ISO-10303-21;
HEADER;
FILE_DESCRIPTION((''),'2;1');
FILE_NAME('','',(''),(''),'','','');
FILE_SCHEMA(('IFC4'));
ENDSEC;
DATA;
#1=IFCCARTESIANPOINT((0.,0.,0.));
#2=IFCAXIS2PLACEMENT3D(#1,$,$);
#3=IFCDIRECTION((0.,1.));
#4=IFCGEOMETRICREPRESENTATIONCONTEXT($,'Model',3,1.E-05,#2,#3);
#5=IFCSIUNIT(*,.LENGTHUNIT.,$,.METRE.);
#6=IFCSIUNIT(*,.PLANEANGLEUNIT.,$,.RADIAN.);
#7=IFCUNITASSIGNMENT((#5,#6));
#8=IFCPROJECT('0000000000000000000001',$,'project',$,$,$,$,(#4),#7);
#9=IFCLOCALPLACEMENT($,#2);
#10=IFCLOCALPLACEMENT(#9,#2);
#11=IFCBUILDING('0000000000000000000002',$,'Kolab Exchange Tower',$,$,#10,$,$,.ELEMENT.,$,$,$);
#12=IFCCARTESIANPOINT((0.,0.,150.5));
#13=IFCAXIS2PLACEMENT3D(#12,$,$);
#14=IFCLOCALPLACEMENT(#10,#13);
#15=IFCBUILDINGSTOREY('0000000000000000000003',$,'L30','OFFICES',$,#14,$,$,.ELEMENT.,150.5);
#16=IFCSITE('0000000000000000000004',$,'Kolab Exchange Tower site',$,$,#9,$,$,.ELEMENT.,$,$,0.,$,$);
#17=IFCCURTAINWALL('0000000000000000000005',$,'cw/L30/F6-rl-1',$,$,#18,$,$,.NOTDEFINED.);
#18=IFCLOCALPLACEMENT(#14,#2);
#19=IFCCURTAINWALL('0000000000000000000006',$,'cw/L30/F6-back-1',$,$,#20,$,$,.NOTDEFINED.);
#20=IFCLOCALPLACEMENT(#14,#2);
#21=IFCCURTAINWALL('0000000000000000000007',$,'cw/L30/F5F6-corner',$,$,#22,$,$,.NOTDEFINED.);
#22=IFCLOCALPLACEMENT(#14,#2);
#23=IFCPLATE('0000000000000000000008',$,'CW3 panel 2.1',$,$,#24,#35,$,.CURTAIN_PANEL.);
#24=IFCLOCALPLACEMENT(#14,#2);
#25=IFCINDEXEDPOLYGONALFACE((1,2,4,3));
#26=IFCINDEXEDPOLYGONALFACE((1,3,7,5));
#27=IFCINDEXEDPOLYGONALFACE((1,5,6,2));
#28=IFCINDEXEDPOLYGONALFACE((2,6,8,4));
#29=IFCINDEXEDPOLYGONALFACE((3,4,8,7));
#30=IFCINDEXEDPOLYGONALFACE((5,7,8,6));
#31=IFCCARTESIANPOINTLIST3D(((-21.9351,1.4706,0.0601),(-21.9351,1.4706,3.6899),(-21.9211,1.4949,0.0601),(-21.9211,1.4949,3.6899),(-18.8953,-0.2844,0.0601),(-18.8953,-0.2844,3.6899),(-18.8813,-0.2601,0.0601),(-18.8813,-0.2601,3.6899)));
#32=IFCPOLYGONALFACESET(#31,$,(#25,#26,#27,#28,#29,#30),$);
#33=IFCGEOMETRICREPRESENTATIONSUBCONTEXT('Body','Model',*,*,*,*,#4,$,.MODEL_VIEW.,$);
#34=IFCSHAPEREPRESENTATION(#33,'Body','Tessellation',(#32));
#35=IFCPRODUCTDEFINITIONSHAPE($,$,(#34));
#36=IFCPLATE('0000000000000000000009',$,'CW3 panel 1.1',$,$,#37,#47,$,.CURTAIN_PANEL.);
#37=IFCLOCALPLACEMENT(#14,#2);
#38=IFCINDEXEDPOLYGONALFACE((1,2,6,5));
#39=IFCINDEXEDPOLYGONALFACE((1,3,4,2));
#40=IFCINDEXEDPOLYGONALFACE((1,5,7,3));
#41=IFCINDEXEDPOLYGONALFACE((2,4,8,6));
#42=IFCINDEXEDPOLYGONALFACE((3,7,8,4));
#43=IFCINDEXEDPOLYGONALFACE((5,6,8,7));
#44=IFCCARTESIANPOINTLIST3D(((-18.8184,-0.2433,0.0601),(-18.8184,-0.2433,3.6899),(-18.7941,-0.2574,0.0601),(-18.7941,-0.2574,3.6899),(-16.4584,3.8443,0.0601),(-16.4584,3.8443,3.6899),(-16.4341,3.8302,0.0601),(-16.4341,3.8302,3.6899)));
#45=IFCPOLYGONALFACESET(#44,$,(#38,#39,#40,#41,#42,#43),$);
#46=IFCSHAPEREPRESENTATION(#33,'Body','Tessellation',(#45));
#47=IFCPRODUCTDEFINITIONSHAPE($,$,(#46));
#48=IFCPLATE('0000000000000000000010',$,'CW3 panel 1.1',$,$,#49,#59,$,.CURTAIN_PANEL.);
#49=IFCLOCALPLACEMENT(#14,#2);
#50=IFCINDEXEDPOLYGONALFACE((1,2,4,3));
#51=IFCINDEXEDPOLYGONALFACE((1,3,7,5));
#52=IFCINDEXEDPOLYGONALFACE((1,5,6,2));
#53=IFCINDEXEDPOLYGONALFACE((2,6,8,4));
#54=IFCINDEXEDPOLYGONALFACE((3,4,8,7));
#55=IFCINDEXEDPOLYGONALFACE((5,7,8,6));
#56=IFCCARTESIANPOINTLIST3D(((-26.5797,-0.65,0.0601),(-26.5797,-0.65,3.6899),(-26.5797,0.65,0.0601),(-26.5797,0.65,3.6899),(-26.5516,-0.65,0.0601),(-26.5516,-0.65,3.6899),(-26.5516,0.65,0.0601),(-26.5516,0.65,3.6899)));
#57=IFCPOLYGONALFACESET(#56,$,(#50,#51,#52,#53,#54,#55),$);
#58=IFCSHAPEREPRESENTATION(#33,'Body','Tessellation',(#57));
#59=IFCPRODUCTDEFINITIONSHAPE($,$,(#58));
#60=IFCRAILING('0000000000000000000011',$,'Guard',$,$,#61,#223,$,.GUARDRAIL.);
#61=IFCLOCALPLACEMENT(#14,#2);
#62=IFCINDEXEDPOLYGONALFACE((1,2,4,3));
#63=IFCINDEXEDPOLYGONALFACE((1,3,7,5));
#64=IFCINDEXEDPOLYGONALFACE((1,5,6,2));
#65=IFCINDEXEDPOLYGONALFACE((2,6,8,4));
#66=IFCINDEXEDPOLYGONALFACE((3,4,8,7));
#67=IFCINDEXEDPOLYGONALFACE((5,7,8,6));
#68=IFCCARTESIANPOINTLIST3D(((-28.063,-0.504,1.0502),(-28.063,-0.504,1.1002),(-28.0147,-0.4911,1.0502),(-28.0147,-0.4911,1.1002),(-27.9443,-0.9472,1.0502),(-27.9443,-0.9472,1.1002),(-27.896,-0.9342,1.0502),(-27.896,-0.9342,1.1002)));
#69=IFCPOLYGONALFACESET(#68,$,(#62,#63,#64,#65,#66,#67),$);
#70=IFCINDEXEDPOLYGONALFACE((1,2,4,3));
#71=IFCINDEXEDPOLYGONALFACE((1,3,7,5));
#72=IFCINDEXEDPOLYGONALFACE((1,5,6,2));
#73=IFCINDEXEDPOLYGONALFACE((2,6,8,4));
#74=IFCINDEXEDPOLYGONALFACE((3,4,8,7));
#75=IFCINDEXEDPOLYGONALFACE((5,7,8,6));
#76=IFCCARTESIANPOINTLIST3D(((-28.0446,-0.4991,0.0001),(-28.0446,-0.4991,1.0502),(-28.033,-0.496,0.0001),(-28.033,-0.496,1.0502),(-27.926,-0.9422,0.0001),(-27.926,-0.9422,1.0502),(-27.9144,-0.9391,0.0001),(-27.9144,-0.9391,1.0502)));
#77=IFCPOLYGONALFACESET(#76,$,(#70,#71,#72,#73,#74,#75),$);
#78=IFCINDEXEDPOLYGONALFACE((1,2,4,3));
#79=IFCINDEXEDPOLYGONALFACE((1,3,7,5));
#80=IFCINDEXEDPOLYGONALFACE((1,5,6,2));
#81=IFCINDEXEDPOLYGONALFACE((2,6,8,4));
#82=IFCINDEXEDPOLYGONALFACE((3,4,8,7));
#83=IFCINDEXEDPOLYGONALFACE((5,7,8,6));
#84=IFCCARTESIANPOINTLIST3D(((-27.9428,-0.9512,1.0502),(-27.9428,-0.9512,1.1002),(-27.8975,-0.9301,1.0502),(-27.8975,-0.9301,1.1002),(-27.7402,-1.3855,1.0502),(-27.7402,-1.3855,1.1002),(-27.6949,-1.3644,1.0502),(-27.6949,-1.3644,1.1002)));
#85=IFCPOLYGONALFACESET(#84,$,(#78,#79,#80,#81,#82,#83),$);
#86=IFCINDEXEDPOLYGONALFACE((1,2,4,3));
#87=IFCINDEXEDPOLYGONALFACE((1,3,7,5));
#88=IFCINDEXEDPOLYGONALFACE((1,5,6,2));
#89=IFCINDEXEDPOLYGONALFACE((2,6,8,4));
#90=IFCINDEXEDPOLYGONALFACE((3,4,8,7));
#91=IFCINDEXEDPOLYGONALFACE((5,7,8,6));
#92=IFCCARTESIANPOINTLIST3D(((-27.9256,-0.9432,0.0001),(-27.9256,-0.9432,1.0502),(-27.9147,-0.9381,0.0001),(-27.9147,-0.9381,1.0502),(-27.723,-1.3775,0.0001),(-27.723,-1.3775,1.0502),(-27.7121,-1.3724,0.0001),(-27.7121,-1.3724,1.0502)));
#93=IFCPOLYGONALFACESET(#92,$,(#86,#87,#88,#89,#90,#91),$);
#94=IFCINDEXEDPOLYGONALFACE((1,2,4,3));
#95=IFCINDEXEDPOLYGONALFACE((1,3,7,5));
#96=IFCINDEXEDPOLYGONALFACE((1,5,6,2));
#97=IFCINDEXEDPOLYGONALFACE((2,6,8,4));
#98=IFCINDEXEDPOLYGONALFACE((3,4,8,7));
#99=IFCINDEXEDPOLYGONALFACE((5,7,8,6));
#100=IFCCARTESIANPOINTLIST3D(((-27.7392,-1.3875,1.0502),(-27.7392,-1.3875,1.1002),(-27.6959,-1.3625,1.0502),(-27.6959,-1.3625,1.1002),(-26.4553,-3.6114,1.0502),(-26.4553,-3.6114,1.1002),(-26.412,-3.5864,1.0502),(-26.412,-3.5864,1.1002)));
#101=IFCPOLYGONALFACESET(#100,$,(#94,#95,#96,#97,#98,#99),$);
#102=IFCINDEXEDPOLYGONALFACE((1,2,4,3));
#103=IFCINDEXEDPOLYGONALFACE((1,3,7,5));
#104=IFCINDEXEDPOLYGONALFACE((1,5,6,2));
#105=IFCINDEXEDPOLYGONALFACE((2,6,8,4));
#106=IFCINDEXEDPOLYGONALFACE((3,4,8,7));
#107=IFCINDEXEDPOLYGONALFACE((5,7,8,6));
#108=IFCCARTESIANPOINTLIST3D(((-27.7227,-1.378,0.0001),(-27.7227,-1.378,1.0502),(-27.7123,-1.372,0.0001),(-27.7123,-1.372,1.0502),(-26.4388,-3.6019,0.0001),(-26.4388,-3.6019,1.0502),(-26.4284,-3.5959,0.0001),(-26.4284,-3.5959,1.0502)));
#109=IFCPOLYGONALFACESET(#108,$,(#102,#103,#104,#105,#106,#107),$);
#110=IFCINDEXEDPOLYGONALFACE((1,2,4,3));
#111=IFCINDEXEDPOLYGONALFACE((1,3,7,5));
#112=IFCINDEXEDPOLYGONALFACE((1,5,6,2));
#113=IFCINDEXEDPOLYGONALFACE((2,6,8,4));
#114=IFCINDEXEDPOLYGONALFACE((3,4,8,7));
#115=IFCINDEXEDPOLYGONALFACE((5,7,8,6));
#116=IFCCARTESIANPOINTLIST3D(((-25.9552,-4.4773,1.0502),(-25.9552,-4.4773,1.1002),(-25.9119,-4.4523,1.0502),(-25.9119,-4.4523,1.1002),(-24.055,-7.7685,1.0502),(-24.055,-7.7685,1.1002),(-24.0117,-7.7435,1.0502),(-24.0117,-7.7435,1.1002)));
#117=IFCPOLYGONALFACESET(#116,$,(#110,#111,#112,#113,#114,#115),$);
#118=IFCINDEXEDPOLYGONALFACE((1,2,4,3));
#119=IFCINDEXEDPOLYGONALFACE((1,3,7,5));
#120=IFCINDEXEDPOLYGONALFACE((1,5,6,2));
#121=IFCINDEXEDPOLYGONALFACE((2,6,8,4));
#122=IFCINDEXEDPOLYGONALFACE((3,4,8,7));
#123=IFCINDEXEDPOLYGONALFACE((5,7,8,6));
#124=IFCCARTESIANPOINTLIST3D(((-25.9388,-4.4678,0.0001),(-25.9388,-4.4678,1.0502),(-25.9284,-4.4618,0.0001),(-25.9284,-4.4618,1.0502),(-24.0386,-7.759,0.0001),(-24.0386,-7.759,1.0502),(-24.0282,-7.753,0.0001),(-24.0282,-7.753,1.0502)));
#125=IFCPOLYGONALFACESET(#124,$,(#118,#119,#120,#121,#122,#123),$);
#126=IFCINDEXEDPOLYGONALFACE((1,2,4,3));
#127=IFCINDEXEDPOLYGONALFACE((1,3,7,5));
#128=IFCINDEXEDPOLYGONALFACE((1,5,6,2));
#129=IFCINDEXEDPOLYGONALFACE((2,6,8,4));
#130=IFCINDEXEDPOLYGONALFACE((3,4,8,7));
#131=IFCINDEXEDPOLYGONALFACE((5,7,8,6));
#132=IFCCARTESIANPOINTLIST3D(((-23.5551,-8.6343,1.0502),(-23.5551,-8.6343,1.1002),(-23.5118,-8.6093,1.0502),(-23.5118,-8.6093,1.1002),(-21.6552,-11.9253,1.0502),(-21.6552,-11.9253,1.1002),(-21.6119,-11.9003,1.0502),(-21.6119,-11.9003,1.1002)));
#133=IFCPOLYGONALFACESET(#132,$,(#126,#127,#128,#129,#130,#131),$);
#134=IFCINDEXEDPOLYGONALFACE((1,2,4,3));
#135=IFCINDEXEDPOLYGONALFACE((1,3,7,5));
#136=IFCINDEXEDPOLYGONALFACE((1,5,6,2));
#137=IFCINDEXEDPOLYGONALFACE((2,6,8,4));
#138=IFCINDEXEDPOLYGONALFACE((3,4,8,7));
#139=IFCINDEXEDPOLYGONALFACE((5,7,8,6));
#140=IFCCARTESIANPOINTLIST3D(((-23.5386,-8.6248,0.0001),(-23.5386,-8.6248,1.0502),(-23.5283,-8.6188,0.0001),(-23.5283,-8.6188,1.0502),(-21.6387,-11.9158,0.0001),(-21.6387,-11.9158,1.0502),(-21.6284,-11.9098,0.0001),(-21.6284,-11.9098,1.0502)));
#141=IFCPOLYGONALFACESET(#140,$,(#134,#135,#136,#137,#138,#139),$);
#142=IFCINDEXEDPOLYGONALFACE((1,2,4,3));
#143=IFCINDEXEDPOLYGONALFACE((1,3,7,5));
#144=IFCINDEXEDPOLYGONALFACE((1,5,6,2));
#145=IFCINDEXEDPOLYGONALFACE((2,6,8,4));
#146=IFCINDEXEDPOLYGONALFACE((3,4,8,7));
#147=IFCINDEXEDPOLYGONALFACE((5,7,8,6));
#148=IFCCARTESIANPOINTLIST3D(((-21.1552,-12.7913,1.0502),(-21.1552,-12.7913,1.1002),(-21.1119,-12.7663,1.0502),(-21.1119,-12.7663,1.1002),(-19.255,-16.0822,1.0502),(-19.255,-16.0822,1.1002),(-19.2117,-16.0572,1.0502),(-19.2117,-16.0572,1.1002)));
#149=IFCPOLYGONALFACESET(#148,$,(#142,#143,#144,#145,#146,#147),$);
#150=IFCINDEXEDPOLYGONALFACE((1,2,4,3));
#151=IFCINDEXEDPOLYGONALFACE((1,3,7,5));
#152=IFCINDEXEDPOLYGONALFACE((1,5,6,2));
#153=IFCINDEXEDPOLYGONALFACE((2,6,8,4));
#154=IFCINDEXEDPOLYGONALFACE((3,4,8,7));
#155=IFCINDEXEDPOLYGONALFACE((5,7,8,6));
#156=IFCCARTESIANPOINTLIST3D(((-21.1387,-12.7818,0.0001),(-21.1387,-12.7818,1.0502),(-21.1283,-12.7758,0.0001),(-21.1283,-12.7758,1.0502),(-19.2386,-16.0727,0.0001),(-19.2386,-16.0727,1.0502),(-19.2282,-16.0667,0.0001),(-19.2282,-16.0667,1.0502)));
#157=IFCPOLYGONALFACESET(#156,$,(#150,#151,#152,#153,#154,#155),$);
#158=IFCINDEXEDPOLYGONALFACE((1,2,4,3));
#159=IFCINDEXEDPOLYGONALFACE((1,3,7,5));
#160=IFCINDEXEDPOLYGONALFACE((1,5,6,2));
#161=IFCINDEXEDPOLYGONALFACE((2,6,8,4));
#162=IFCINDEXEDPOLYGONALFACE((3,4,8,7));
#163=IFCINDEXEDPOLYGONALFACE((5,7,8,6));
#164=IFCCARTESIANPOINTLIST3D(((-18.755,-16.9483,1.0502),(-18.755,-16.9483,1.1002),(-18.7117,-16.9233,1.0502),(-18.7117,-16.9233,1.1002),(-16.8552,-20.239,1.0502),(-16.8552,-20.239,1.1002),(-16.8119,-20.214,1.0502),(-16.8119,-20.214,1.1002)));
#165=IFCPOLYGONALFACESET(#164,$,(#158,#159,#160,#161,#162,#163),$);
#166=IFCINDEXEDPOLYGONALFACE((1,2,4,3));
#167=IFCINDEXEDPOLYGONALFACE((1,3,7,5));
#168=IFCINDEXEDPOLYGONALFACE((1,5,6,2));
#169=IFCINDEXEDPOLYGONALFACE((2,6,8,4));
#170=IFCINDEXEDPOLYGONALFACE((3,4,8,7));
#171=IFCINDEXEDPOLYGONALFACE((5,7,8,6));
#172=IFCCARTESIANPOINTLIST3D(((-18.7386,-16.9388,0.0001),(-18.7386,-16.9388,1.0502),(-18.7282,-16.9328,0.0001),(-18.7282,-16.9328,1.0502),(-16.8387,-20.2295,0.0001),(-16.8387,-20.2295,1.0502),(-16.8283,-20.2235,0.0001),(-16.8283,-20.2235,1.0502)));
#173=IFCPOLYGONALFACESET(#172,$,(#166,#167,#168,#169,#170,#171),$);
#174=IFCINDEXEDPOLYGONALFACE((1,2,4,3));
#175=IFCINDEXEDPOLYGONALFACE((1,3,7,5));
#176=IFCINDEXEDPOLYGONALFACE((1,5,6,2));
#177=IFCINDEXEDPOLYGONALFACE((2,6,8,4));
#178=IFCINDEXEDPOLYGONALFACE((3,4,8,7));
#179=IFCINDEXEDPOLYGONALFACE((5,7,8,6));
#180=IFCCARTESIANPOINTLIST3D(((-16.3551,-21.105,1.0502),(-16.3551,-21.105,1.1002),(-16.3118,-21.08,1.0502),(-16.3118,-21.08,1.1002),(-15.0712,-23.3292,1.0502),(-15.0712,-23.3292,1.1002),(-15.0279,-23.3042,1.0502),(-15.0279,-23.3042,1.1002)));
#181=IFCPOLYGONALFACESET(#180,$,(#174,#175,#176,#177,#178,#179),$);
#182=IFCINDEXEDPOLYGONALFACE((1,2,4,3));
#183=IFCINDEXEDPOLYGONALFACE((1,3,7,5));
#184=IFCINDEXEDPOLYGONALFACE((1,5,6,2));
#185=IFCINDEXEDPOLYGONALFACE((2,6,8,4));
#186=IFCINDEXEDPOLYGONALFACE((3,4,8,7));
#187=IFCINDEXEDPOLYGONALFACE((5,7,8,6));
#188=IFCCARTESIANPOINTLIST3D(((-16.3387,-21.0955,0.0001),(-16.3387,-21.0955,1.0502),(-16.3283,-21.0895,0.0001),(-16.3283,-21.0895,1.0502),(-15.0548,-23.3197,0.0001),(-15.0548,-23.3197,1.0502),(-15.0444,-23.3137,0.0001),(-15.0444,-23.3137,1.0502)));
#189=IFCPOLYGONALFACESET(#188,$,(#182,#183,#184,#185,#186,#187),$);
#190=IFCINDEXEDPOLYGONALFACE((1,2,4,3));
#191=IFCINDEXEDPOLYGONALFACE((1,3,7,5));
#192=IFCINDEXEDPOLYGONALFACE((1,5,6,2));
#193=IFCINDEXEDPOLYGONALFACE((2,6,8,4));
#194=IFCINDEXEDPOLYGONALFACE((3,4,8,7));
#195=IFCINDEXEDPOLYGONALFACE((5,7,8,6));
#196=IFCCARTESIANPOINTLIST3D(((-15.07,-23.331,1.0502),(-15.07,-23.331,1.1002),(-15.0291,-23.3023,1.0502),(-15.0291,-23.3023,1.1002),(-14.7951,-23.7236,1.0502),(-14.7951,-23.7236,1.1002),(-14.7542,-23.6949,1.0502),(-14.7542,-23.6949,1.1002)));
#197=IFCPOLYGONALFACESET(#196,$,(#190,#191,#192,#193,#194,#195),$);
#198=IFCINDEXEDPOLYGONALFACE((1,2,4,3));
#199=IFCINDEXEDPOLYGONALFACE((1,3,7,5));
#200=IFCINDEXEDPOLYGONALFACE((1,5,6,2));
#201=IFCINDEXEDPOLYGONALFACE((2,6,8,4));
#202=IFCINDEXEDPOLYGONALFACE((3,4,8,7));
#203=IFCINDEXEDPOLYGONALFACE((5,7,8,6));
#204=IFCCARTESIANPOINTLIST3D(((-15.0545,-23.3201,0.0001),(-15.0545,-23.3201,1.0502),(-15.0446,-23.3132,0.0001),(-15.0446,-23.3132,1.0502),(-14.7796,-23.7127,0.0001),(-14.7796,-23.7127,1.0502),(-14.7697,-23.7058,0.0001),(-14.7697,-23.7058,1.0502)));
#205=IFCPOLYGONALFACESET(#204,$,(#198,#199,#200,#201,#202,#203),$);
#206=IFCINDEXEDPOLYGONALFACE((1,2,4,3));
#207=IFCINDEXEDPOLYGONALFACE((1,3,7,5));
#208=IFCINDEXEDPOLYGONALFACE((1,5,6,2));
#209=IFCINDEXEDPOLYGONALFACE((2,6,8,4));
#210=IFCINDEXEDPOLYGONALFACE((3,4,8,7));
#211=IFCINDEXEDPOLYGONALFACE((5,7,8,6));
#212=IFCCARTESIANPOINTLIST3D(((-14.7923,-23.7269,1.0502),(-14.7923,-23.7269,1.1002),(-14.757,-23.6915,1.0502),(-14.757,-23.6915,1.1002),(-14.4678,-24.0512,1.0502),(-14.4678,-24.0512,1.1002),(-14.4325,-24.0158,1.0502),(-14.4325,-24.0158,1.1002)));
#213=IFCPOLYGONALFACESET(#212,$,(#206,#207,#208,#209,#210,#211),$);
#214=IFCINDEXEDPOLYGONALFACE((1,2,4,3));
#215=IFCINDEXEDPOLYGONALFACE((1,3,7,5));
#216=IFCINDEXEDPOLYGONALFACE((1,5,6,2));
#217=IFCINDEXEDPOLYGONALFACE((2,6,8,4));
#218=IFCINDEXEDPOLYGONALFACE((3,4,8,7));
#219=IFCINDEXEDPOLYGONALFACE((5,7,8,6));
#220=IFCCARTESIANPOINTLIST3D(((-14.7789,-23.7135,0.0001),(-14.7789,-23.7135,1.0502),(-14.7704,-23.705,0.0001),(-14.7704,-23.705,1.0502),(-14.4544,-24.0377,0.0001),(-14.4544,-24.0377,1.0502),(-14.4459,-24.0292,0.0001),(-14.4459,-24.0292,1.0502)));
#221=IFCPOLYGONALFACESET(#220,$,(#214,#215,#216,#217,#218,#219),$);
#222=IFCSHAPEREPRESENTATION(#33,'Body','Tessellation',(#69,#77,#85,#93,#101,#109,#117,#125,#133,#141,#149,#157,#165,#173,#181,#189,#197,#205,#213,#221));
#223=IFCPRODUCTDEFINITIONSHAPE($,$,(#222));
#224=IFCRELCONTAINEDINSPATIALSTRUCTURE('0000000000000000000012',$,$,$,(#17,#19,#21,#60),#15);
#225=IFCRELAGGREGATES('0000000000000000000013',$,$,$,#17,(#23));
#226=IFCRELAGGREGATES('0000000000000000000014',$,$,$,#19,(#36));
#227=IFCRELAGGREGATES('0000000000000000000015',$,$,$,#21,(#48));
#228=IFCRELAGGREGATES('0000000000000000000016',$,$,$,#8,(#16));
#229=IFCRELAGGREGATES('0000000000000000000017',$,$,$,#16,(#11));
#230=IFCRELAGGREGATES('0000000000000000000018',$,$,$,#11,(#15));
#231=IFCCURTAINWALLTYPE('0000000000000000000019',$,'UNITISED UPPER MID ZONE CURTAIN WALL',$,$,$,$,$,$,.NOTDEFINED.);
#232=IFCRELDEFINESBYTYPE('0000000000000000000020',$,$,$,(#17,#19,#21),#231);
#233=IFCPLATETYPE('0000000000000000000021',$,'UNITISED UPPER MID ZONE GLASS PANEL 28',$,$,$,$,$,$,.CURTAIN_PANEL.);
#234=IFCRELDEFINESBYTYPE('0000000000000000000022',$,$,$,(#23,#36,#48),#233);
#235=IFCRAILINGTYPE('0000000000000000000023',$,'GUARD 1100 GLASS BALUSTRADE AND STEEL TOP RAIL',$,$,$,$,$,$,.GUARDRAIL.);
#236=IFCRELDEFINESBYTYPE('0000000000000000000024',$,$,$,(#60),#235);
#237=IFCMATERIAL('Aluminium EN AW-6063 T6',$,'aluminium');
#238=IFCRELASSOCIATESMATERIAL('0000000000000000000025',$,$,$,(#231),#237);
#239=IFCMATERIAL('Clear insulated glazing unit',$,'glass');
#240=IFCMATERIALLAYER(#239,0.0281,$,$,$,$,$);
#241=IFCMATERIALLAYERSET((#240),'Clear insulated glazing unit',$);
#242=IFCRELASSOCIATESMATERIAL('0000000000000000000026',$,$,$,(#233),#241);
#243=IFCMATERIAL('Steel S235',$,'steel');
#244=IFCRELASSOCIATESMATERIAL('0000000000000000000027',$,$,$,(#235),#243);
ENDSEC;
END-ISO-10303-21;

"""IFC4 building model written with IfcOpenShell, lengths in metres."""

from ifc_helpers import new_model, si_unit, direction, frame, frame_2d, origin, origin_2d, place, context, subcontext, project, spatial, rectangle, extrude, material, layer, layer_set, type_object, element, aggregate, save


model = new_model("IFC4")

# Units and contexts
model_context = context("Model", 3, precision=1e-05, world=origin(), true_north=direction((0.0, 1.0)))
body_context = subcontext(model_context, "Body", "Model", "MODEL_VIEW")
ifc_project = project(units=[si_unit("LENGTHUNIT", "METRE"), si_unit("PLANEANGLEUNIT", "RADIAN")], contexts=[model_context])

# Site, building, storey
site_placement = place(None, origin())
site = spatial("IfcSite", under=ifc_project, at=site_placement, Name="Kolab Exchange Tower site", CompositionType="ELEMENT", RefElevation=0.0)
building_placement = place(site_placement, origin())
building = spatial("IfcBuilding", under=site, at=building_placement, Name="Kolab Exchange Tower", CompositionType="ELEMENT")
storey_placement = place(building_placement, frame((0.0, 0.0, 150.5)))
storey = spatial("IfcBuildingStorey", under=building, at=storey_placement, Name="L30", Description="OFFICES", CompositionType="ELEMENT", Elevation=150.5)

# Shared definitions
ifc_material_1 = material(Name="Aluminium EN AW-6063 T6", Category="aluminium")
curtain_wall_type = type_object("IfcCurtainWallType", Name="UNITISED UPPER MID ZONE CURTAIN WALL", PredefinedType="NOTDEFINED", material=ifc_material_1)

# Curtain wall
curtain_wall_1_placement = place(storey_placement, origin())
curtain_wall_1 = element("IfcCurtainWall", 1, at=curtain_wall_1_placement, inside=storey, type_object=curtain_wall_type, Name="cw/L30/F6-rl-1", PredefinedType="NOTDEFINED")

# Curtain wall
curtain_wall_2_placement = place(storey_placement, origin())
curtain_wall_2 = element("IfcCurtainWall", 2, at=curtain_wall_2_placement, inside=storey, type_object=curtain_wall_type, Name="cw/L30/F6-back-1", PredefinedType="NOTDEFINED")

# Curtain wall
curtain_wall_3_placement = place(storey_placement, origin())
curtain_wall_3 = element("IfcCurtainWall", 3, at=curtain_wall_3_placement, inside=storey, type_object=curtain_wall_type, Name="cw/L30/F5F6-corner", PredefinedType="NOTDEFINED")

# Plates
ifc_material_2 = material(Name="Clear insulated glazing unit", Category="glass")
ifc_layer_1 = layer(ifc_material_2, 0.0281)
ifc_layer_set_1 = layer_set([ifc_layer_1], Name="Clear insulated glazing unit")
plate_type = type_object("IfcPlateType", Name="UNITISED UPPER MID ZONE GLASS PANEL 28", PredefinedType="CURTAIN_PANEL", material=ifc_layer_set_1)
plate_1_placement = place(storey_placement, frame((-20.4082, 0.6052, 0.0601), z_axis=(0.0, 0.0, 1.0), x_axis=(0.866025, -0.5, 0.0)))
plate_1 = element("IfcPlate", 4, at=plate_1_placement, type_object=plate_type, Name="CW3 panel 2.1", PredefinedType="CURTAIN_PANEL", context=body_context, shape_type="SweptSolid", body=[
    extrude(rectangle(XDim=3.51, YDim=0.0281, at=origin_2d()), origin(), (0.0, 0.0, 1.0), 3.6299),
])
aggregate(curtain_wall_1, [plate_1])
plate_2_placement = place(storey_placement, frame((-17.6262, 1.7935, 0.0601), z_axis=(0.0, 0.0, 1.0), x_axis=(0.5, 0.866025, 0.0)))
plate_2 = element("IfcPlate", 5, at=plate_2_placement, type_object=plate_type, Name="CW3 panel 1.1", PredefinedType="CURTAIN_PANEL", context=body_context, shape_type="SweptSolid", body=[
    extrude(rectangle(XDim=4.72, YDim=0.0281, at=origin_2d()), origin(), (0.0, 0.0, 1.0), 3.6299),
])
aggregate(curtain_wall_2, [plate_2])
plate_3_placement = place(storey_placement, frame((-26.5657, 0.0, 0.0601), z_axis=(0.0, 0.0, 1.0), x_axis=(0.0, 1.0, 0.0)))
plate_3 = element("IfcPlate", 6, at=plate_3_placement, type_object=plate_type, Name="CW3 panel 1.1", PredefinedType="CURTAIN_PANEL", context=body_context, shape_type="SweptSolid", body=[
    extrude(rectangle(XDim=1.3, YDim=0.0281, at=origin_2d()), origin(), (0.0, 0.0, 1.0), 3.6299),
])
aggregate(curtain_wall_3, [plate_3])

# Railing
ifc_material_3 = material(Name="Steel S235", Category="steel")
railing_type = type_object("IfcRailingType", Name="GUARD 1100 GLASS BALUSTRADE AND STEEL TOP RAIL", PredefinedType="GUARDRAIL", material=ifc_material_3)
railing_1_placement = place(storey_placement, frame((-28.0388, -0.4976, 0.0)))
element("IfcRailing", 7, at=railing_1_placement, inside=storey, type_object=railing_type, Name="Guard", PredefinedType="GUARDRAIL", context=body_context, shape_type="SweptSolid", body=[
    extrude(rectangle(XDim=0.05, YDim=0.05, at=origin_2d()), frame((0.0, 0.0, 1.0752), z_axis=(0.258656, -0.965969, 0.0), x_axis=(0.965969, 0.258656, 0.0)), (0.0, 0.0, 1.0), 0.4587),
    extrude(rectangle(XDim=0.012, YDim=1.0501, at=frame_2d((0.0, 0.5251))), frame((0.0, 0.0, 0.0), z_axis=(0.258656, -0.965969, 0.0), x_axis=(0.965969, 0.258656, 0.0)), (0.0, 0.0, 1.0), 0.4587),
    extrude(rectangle(XDim=0.05, YDim=0.05, at=origin_2d()), frame((0.1187, -0.4431, 1.0752), z_axis=(0.422802, -0.906222, 0.0), x_axis=(0.906222, 0.422802, 0.0)), (0.0, 0.0, 1.0), 0.4792),
    extrude(rectangle(XDim=0.012, YDim=1.0501, at=frame_2d((0.0, 0.5251))), frame((0.1187, -0.4431, 0.0), z_axis=(0.422802, -0.906222, 0.0), x_axis=(0.906222, 0.422802, 0.0)), (0.0, 0.0, 1.0), 0.4792),
    extrude(rectangle(XDim=0.05, YDim=0.05, at=origin_2d()), frame((0.3213, -0.8774, 1.0752), z_axis=(0.499994, -0.866029, 0.0), x_axis=(0.866029, 0.499994, 0.0)), (0.0, 0.0, 1.0), 2.5679),
    extrude(rectangle(XDim=0.012, YDim=1.0501, at=frame_2d((0.0, 0.5251))), frame((0.3213, -0.8774, 0.0), z_axis=(0.499994, -0.866029, 0.0), x_axis=(0.866029, 0.499994, 0.0)), (0.0, 0.0, 1.0), 2.5679),
    extrude(rectangle(XDim=0.05, YDim=0.05, at=origin_2d()), frame((2.1052, -3.9673, 1.0752), z_axis=(0.500015, -0.866017, 0.0), x_axis=(0.866017, 0.500015, 0.0)), (0.0, 0.0, 1.0), 3.8003),
    extrude(rectangle(XDim=0.012, YDim=1.0501, at=frame_2d((0.0, 0.5251))), frame((2.1052, -3.9673, 0.0), z_axis=(0.500015, -0.866017, 0.0), x_axis=(0.866017, 0.500015, 0.0)), (0.0, 0.0, 1.0), 3.8003),
    extrude(rectangle(XDim=0.05, YDim=0.05, at=origin_2d()), frame((4.5054, -8.1243, 1.0752), z_axis=(0.499967, -0.866044, 0.0), x_axis=(0.866044, 0.499967, 0.0)), (0.0, 0.0, 1.0), 3.8),
    extrude(rectangle(XDim=0.012, YDim=1.0501, at=frame_2d((0.0, 0.5251))), frame((4.5054, -8.1243, 0.0), z_axis=(0.499967, -0.866044, 0.0), x_axis=(0.866044, 0.499967, 0.0)), (0.0, 0.0, 1.0), 3.8),
    extrude(rectangle(XDim=0.05, YDim=0.05, at=origin_2d()), frame((6.9053, -12.2812, 1.0752), z_axis=(0.500043, -0.866, 0.0), x_axis=(0.866, 0.500043, 0.0)), (0.0, 0.0, 1.0), 3.8),
    extrude(rectangle(XDim=0.012, YDim=1.0501, at=frame_2d((0.0, 0.5251))), frame((6.9053, -12.2812, 0.0), z_axis=(0.500043, -0.866, 0.0), x_axis=(0.866, 0.500043, 0.0)), (0.0, 0.0, 1.0), 3.8),
    extrude(rectangle(XDim=0.05, YDim=0.05, at=origin_2d()), frame((9.3054, -16.4382, 1.0752), z_axis=(0.499995, -0.866028, 0.0), x_axis=(0.866028, 0.499995, 0.0)), (0.0, 0.0, 1.0), 3.7998),
    extrude(rectangle(XDim=0.012, YDim=1.0501, at=frame_2d((0.0, 0.5251))), frame((9.3054, -16.4382, 0.0), z_axis=(0.499995, -0.866028, 0.0), x_axis=(0.866028, 0.499995, 0.0)), (0.0, 0.0, 1.0), 3.7998),
    extrude(rectangle(XDim=0.05, YDim=0.05, at=origin_2d()), frame((11.7053, -20.595, 1.0752), z_axis=(0.499953, -0.866053, 0.0), x_axis=(0.866053, 0.499953, 0.0)), (0.0, 0.0, 1.0), 2.5681),
    extrude(rectangle(XDim=0.012, YDim=1.0501, at=frame_2d((0.0, 0.5251))), frame((11.7053, -20.595, 0.0), z_axis=(0.499953, -0.866053, 0.0), x_axis=(0.866053, 0.499953, 0.0)), (0.0, 0.0, 1.0), 2.5681),
    extrude(rectangle(XDim=0.05, YDim=0.05, at=origin_2d()), frame((12.9893, -22.8191, 1.0752), z_axis=(0.573599, -0.819136, 0.0), x_axis=(0.819136, 0.573599, 0.0)), (0.0, 0.0, 1.0), 0.4792),
    extrude(rectangle(XDim=0.012, YDim=1.0501, at=frame_2d((0.0, 0.5251))), frame((12.9893, -22.8191, 0.0), z_axis=(0.573599, -0.819136, 0.0), x_axis=(0.819136, 0.573599, 0.0)), (0.0, 0.0, 1.0), 0.4792),
    extrude(rectangle(XDim=0.05, YDim=0.05, at=origin_2d()), frame((13.2642, -23.2117, 1.0752), z_axis=(0.707373, -0.706841, 0.0), x_axis=(0.706841, 0.707373, 0.0)), (0.0, 0.0, 1.0), 0.4587),
    extrude(rectangle(XDim=0.012, YDim=1.0501, at=frame_2d((0.0, 0.5251))), frame((13.2642, -23.2117, 0.0), z_axis=(0.707373, -0.706841, 0.0), x_axis=(0.706841, 0.707373, 0.0)), (0.0, 0.0, 1.0), 0.4587),
])

save(model, "model.ifc")
